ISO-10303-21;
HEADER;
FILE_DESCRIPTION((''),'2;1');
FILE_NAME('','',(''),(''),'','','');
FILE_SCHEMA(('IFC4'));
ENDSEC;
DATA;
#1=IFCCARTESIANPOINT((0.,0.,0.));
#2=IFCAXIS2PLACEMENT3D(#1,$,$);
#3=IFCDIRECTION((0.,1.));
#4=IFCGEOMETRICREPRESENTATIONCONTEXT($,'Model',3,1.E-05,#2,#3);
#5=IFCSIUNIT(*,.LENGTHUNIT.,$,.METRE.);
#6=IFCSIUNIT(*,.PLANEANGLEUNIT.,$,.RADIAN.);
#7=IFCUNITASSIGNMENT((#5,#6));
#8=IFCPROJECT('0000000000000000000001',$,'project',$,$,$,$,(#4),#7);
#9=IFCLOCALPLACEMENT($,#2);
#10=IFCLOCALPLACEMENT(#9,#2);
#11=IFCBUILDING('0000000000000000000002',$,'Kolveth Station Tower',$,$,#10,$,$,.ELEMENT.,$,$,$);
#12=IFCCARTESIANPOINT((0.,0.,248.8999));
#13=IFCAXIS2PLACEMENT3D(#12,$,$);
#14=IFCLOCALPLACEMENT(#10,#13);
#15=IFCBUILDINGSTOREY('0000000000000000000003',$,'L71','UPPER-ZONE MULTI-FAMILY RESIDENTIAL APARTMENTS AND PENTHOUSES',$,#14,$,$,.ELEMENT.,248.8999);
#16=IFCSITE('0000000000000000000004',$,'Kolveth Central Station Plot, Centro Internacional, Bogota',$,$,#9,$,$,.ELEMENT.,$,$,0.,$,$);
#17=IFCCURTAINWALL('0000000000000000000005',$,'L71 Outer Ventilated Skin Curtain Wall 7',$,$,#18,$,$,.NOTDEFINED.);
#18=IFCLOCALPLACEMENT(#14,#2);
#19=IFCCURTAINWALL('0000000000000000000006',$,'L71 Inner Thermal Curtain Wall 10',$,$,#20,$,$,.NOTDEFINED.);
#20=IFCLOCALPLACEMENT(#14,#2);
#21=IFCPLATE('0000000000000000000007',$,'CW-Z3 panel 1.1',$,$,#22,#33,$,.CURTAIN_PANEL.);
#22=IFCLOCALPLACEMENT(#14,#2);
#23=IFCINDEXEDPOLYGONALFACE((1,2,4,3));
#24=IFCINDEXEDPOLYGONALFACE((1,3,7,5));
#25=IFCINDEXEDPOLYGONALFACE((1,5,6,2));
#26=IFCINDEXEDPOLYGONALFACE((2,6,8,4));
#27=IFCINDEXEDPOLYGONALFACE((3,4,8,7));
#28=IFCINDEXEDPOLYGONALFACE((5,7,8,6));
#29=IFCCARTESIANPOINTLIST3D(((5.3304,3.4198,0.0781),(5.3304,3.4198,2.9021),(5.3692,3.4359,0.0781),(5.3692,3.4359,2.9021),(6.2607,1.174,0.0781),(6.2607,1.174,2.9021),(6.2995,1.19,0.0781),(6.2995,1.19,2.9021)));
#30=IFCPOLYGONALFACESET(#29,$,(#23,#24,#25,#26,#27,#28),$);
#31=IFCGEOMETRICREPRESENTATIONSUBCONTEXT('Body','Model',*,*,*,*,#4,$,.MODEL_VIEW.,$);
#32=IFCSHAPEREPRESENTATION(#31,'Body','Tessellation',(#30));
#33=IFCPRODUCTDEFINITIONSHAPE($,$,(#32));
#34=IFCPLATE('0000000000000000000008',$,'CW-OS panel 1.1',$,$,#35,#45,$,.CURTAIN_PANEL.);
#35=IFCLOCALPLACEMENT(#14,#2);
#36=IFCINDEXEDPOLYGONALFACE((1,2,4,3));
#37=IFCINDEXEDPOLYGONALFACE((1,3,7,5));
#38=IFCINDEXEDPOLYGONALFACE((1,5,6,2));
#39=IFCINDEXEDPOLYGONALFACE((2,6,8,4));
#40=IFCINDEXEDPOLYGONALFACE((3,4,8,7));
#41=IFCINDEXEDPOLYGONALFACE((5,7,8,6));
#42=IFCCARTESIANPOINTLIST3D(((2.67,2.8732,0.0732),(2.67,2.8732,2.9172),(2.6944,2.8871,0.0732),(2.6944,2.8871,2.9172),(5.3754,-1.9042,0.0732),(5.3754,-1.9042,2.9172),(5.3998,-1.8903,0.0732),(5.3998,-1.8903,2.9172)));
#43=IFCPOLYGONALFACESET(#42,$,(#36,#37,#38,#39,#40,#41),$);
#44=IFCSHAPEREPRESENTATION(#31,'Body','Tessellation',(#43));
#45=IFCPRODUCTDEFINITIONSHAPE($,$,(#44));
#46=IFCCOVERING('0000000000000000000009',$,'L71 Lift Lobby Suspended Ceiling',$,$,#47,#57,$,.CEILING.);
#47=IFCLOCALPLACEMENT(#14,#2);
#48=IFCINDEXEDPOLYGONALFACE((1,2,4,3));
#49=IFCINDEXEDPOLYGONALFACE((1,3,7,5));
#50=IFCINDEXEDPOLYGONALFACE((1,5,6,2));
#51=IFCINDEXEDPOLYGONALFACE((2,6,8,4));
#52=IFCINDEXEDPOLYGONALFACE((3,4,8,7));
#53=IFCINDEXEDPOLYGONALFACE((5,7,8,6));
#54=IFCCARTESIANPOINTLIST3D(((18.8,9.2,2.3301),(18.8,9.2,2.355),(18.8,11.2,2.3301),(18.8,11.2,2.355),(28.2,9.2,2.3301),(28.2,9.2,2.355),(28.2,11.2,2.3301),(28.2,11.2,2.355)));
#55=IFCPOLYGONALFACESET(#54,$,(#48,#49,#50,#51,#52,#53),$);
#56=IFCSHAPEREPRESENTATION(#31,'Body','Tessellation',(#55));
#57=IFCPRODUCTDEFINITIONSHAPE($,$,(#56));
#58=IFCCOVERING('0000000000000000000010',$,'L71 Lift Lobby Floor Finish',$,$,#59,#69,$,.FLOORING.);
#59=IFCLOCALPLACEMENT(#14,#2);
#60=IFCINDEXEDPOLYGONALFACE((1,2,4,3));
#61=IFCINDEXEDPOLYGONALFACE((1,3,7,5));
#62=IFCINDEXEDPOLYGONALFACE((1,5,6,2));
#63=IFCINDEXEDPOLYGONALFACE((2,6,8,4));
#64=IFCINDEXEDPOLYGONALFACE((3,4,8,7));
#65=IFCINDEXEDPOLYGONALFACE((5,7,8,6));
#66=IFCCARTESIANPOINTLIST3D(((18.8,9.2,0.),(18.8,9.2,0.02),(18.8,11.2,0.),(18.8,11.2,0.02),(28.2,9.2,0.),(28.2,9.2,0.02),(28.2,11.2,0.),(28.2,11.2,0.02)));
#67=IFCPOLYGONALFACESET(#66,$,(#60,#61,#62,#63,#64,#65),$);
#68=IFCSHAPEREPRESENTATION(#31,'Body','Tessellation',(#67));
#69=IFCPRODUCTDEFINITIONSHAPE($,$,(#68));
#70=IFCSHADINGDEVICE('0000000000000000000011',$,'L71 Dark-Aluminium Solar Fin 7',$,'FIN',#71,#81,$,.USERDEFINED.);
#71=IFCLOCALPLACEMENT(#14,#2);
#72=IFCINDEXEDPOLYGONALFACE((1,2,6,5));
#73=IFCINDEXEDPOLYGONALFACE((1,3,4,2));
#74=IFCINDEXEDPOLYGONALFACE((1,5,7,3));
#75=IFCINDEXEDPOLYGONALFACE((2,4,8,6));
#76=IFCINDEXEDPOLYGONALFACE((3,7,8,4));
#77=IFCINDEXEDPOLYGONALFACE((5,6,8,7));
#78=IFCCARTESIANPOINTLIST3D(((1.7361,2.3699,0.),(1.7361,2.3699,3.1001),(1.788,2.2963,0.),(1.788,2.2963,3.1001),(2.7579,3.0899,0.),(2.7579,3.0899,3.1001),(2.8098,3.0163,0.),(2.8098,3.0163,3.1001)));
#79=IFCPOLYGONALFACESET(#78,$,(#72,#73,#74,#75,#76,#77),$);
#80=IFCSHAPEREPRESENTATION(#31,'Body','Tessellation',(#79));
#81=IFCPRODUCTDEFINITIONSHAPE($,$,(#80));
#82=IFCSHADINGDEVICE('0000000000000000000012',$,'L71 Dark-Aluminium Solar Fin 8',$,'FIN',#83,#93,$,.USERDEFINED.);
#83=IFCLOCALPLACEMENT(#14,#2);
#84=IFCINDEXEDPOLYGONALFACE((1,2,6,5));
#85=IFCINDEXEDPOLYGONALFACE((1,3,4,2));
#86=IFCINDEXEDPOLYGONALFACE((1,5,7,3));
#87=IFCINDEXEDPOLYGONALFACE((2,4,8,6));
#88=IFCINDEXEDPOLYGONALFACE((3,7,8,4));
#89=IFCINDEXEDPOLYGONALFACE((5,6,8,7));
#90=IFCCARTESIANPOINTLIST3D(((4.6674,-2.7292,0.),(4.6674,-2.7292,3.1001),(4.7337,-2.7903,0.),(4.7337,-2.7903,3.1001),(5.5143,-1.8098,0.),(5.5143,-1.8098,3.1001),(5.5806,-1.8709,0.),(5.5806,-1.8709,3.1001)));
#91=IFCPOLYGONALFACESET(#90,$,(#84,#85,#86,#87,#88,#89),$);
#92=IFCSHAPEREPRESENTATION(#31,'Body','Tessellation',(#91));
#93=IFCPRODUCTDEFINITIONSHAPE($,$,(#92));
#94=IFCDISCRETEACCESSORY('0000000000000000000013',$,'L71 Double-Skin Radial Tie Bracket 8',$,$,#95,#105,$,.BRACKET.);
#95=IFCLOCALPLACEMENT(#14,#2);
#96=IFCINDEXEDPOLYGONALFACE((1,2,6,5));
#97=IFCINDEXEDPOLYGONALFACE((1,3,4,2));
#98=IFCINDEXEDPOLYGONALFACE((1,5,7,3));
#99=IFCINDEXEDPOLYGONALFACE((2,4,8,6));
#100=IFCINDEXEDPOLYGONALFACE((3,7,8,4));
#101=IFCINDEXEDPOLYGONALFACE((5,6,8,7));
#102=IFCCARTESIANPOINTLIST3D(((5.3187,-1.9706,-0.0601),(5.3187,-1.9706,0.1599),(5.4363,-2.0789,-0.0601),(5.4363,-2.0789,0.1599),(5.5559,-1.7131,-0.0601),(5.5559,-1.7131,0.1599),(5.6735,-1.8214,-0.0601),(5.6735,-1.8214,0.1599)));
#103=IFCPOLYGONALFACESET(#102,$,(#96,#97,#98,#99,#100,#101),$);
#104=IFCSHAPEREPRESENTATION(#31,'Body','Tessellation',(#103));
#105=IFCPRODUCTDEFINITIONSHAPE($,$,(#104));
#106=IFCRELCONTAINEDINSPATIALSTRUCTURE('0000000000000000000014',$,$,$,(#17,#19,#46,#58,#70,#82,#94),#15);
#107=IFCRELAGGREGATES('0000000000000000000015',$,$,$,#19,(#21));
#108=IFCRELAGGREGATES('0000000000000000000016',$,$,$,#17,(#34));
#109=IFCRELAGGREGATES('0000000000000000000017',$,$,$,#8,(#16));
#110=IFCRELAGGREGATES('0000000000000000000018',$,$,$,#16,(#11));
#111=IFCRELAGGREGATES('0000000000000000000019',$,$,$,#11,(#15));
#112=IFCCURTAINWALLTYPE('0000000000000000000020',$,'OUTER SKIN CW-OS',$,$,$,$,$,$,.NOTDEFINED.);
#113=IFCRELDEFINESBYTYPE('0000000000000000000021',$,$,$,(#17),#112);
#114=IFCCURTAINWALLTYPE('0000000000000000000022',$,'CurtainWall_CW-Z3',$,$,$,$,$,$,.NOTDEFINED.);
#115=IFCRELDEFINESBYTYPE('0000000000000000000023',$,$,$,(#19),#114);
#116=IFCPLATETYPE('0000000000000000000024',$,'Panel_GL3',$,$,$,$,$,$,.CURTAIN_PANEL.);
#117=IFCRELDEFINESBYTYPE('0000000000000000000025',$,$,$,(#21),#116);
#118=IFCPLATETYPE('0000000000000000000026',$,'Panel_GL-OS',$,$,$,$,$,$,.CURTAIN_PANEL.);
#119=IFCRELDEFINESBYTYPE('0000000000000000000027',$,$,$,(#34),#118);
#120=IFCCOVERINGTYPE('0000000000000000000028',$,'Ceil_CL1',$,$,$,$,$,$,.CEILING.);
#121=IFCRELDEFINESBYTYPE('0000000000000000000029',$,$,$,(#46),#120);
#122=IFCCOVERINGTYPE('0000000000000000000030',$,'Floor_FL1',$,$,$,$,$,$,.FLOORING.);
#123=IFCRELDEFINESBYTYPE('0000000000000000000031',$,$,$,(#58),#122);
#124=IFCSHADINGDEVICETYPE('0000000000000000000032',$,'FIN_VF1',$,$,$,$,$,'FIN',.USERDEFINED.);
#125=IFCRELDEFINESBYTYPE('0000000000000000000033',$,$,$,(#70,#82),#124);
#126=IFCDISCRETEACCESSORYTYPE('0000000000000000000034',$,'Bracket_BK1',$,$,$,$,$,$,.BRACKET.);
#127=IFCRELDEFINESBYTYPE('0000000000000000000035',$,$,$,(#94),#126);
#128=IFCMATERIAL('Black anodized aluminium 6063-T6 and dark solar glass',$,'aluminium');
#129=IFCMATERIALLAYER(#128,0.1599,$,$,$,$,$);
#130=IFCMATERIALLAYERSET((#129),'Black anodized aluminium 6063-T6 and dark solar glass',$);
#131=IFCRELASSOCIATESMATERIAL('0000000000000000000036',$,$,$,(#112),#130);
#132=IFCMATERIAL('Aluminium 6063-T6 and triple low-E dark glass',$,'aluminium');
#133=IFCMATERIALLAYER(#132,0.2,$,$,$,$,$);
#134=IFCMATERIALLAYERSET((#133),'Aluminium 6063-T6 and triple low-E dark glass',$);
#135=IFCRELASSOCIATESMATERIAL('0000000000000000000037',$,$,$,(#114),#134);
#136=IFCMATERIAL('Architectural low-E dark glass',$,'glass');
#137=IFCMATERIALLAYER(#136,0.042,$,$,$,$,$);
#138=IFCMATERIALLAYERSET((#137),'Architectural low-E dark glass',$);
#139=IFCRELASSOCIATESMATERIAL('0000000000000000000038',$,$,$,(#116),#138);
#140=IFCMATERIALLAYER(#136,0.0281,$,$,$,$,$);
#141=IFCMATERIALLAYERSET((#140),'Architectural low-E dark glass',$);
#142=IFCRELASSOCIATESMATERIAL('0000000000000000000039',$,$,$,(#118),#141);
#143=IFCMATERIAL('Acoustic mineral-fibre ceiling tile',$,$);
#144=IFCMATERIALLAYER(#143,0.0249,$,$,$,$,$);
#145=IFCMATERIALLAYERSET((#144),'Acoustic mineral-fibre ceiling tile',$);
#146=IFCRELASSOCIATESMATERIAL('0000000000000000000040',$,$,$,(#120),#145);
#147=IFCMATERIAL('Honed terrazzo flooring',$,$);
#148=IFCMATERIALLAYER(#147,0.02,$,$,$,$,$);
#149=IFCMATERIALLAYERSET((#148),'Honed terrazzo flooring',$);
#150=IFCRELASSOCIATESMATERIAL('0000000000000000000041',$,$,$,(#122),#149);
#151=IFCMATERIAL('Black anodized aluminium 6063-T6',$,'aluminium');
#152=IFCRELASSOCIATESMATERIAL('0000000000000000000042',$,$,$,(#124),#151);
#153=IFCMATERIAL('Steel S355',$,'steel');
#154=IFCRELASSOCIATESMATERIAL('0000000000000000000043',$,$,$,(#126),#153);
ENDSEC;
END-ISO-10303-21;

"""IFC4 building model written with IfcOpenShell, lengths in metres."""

from ifc_helpers import new_model, si_unit, direction, frame, origin, origin_2d, place, context, subcontext, project, spatial, polyline, rectangle, outline, extrude, source, transform, mapped, material, layer, layer_set, type_object, element, aggregate, save


model = new_model("IFC4")

# Units and contexts
model_context = context("Model", 3, precision=1e-05, world=origin(), true_north=direction((0.0, 1.0)))
body_context = subcontext(model_context, "Body", "Model", "MODEL_VIEW")
ifc_project = project(units=[si_unit("LENGTHUNIT", "METRE"), si_unit("PLANEANGLEUNIT", "RADIAN")], contexts=[model_context])

# Site, building, storey
site_placement = place(None, origin())
site = spatial("IfcSite", under=ifc_project, at=site_placement, Name="Kolveth Central Station Plot, Centro Internacional, Bogota", CompositionType="ELEMENT", RefElevation=0.0)
building_placement = place(site_placement, origin())
building = spatial("IfcBuilding", under=site, at=building_placement, Name="Kolveth Station Tower", CompositionType="ELEMENT")
storey_placement = place(building_placement, frame((0.0, 0.0, 248.8999)))
storey = spatial("IfcBuildingStorey", under=building, at=storey_placement, Name="L71", Description="UPPER-ZONE MULTI-FAMILY RESIDENTIAL APARTMENTS AND PENTHOUSES", CompositionType="ELEMENT", Elevation=248.8999)

# Curtain walls
ifc_material_1 = material(Name="Black anodized aluminium 6063-T6 and dark solar glass", Category="aluminium")
ifc_layer_1 = layer(ifc_material_1, 0.1599)
ifc_layer_set_1 = layer_set([ifc_layer_1], Name="Black anodized aluminium 6063-T6 and dark solar glass")
curtain_wall_type_1 = type_object("IfcCurtainWallType", Name="OUTER SKIN CW-OS", PredefinedType="NOTDEFINED", material=ifc_layer_set_1)
curtain_wall_1_placement = place(storey_placement, origin())
curtain_wall_1 = element("IfcCurtainWall", 1, at=curtain_wall_1_placement, inside=storey, type_object=curtain_wall_type_1, Name="L71 Outer Ventilated Skin Curtain Wall 7", PredefinedType="NOTDEFINED")
ifc_material_2 = material(Name="Black anodized aluminium 6063-T6", Category="aluminium")
ifc_material_3 = material(Name="Aluminium 6063-T6 and triple low-E dark glass", Category="aluminium")
ifc_layer_2 = layer(ifc_material_3, 0.2)
ifc_layer_set_2 = layer_set([ifc_layer_2], Name="Aluminium 6063-T6 and triple low-E dark glass")
curtain_wall_type_2 = type_object("IfcCurtainWallType", Name="CurtainWall_CW-Z3", PredefinedType="NOTDEFINED", material=ifc_layer_set_2)
curtain_wall_2_placement = place(storey_placement, origin())
curtain_wall_2 = element("IfcCurtainWall", 2, at=curtain_wall_2_placement, inside=storey, type_object=curtain_wall_type_2, Name="L71 Inner Thermal Curtain Wall 10", PredefinedType="NOTDEFINED")

# Plates
ifc_material_4 = material(Name="Architectural low-E dark glass", Category="glass")
ifc_layer_3 = layer(ifc_material_4, 0.042)
ifc_layer_set_3 = layer_set([ifc_layer_3], Name="Architectural low-E dark glass")
plate_type_1 = type_object("IfcPlateType", Name="Panel_GL3", PredefinedType="CURTAIN_PANEL", material=ifc_layer_set_3)
shared_shape_1 = source(origin(), body_context, "Body", "SweptSolid", [
    extrude(rectangle(XDim=2.4309, YDim=0.042, at=origin_2d()), origin(), (0.0, 0.0, 1.0), 2.824),
])
plate_1_placement = place(storey_placement, frame((5.8149, 2.3049, 0.0781), z_axis=(0.0, 0.0, 1.0), x_axis=(0.382693, -0.923875, 0.0)))
plate_1 = element("IfcPlate", 3, at=plate_1_placement, type_object=plate_type_1, Name="CW-Z3 panel 1.1", PredefinedType="CURTAIN_PANEL", context=body_context, shape_type="MappedRepresentation", body=[
    mapped(shared_shape_1, transform((0.0, 0.0, 0.0), x_axis=(1.0, 0.0, 0.0), y_axis=(0.0, 1.0, 0.0), z_axis=(0.0, 0.0, 1.0), scale=1.0)),
])
aggregate(curtain_wall_2, [plate_1])
ifc_layer_4 = layer(ifc_material_4, 0.0281)
ifc_layer_set_4 = layer_set([ifc_layer_4], Name="Architectural low-E dark glass")
plate_type_2 = type_object("IfcPlateType", Name="Panel_GL-OS", PredefinedType="CURTAIN_PANEL", material=ifc_layer_set_4)
shared_shape_2 = source(origin(), body_context, "Body", "SweptSolid", [
    extrude(rectangle(XDim=5.4902, YDim=0.0281, at=origin_2d()), origin(), (0.0, 0.0, 1.0), 2.844),
])
plate_2_placement = place(storey_placement, frame((4.0349, 0.4915, 0.0732), z_axis=(0.0, 0.0, 1.0), x_axis=(0.492769, -0.87016, 0.0)))
plate_2 = element("IfcPlate", 4, at=plate_2_placement, type_object=plate_type_2, Name="CW-OS panel 1.1", PredefinedType="CURTAIN_PANEL", context=body_context, shape_type="MappedRepresentation", body=[
    mapped(shared_shape_2, transform((0.0, 0.0, 0.0), x_axis=(1.0, 0.0, 0.0), y_axis=(0.0, 1.0, 0.0), z_axis=(0.0, 0.0, 1.0), scale=1.0)),
])
aggregate(curtain_wall_1, [plate_2])

# Coverings
ifc_material_5 = material(Name="Acoustic mineral-fibre ceiling tile")
ifc_layer_5 = layer(ifc_material_5, 0.0249)
ifc_layer_set_5 = layer_set([ifc_layer_5], Name="Acoustic mineral-fibre ceiling tile")
covering_type_1 = type_object("IfcCoveringType", Name="Ceil_CL1", PredefinedType="CEILING", material=ifc_layer_set_5)
covering_1_placement = place(storey_placement, frame((0.0, 0.0, 2.3301)))
element("IfcCovering", 5, at=covering_1_placement, inside=storey, type_object=covering_type_1, Name="L71 Lift Lobby Suspended Ceiling", PredefinedType="CEILING", context=body_context, shape_type="SweptSolid", body=[
    extrude(outline(polyline([(18.8, 9.2), (28.2, 9.2), (28.2, 11.2), (18.8, 11.2), (18.8, 9.2)])), origin(), (0.0, 0.0, 1.0), 0.0249),
])
ifc_material_6 = material(Name="Honed terrazzo flooring")
ifc_layer_6 = layer(ifc_material_6, 0.02)
ifc_layer_set_6 = layer_set([ifc_layer_6], Name="Honed terrazzo flooring")
covering_type_2 = type_object("IfcCoveringType", Name="Floor_FL1", PredefinedType="FLOORING", material=ifc_layer_set_6)
covering_2_placement = place(storey_placement, origin())
element("IfcCovering", 6, at=covering_2_placement, inside=storey, type_object=covering_type_2, Name="L71 Lift Lobby Floor Finish", PredefinedType="FLOORING", context=body_context, shape_type="SweptSolid", body=[
    extrude(outline(polyline([(18.8, 9.2), (28.2, 9.2), (28.2, 11.2), (18.8, 11.2), (18.8, 9.2)])), origin(), (0.0, 0.0, 1.0), 0.02),
])

# Shading devices
shading_device_type = type_object("IfcShadingDeviceType", Name="FIN_VF1", ElementType="FIN", PredefinedType="USERDEFINED", material=ifc_material_2)
shared_shape_3 = source(origin(), body_context, "Body", "SweptSolid", [
    extrude(rectangle(XDim=1.25, YDim=0.0901, at=origin_2d()), origin(), (0.0, 0.0, 1.0), 3.1001),
])
for number, where, z_axis, x_axis, name in (
    (7, (2.2729, 2.6931, 0.0), (0.0, 0.0, 1.0), (-0.817447, -0.576004, 0.0), "L71 Dark-Aluminium Solar Fin 7"),
    (8, (5.124, -2.3, 0.0), (0.0, 0.0, 1.0), (-0.677518, -0.735506, 0.0), "L71 Dark-Aluminium Solar Fin 8"),
):
    element("IfcShadingDevice", number, at=place(storey_placement, frame(where, z_axis=z_axis, x_axis=x_axis)), inside=storey, type_object=shading_device_type, Name=name, ObjectType="FIN", PredefinedType="USERDEFINED", context=body_context, shape_type="MappedRepresentation", body=[
        mapped(shared_shape_3, transform((0.0, 0.0, 0.0), x_axis=(1.0, 0.0, 0.0), y_axis=(0.0, 1.0, 0.0), z_axis=(0.0, 0.0, 1.0), scale=1.0)),
    ])

# Discrete accessory
ifc_material_7 = material(Name="Steel S355", Category="steel")
discrete_accessory_type = type_object("IfcDiscreteAccessoryType", Name="Bracket_BK1", PredefinedType="BRACKET", material=ifc_material_7)
shared_shape_4 = source(origin(), body_context, "Body", "SweptSolid", [
    extrude(rectangle(XDim=0.3501, YDim=0.1599, at=origin_2d()), origin(), (0.0, 0.0, 1.0), 0.22),
])
discrete_accessory_placement = place(storey_placement, frame((5.4961, -1.896, -0.0601), z_axis=(0.0, 0.0, 1.0), x_axis=(-0.677518, -0.735506, 0.0)))
element("IfcDiscreteAccessory", 9, at=discrete_accessory_placement, inside=storey, type_object=discrete_accessory_type, Name="L71 Double-Skin Radial Tie Bracket 8", PredefinedType="BRACKET", context=body_context, shape_type="MappedRepresentation", body=[
    mapped(shared_shape_4, transform((0.0, 0.0, 0.0), x_axis=(1.0, 0.0, 0.0), y_axis=(0.0, 1.0, 0.0), z_axis=(0.0, 0.0, 1.0), scale=1.0)),
])

save(model, "model.ifc")
